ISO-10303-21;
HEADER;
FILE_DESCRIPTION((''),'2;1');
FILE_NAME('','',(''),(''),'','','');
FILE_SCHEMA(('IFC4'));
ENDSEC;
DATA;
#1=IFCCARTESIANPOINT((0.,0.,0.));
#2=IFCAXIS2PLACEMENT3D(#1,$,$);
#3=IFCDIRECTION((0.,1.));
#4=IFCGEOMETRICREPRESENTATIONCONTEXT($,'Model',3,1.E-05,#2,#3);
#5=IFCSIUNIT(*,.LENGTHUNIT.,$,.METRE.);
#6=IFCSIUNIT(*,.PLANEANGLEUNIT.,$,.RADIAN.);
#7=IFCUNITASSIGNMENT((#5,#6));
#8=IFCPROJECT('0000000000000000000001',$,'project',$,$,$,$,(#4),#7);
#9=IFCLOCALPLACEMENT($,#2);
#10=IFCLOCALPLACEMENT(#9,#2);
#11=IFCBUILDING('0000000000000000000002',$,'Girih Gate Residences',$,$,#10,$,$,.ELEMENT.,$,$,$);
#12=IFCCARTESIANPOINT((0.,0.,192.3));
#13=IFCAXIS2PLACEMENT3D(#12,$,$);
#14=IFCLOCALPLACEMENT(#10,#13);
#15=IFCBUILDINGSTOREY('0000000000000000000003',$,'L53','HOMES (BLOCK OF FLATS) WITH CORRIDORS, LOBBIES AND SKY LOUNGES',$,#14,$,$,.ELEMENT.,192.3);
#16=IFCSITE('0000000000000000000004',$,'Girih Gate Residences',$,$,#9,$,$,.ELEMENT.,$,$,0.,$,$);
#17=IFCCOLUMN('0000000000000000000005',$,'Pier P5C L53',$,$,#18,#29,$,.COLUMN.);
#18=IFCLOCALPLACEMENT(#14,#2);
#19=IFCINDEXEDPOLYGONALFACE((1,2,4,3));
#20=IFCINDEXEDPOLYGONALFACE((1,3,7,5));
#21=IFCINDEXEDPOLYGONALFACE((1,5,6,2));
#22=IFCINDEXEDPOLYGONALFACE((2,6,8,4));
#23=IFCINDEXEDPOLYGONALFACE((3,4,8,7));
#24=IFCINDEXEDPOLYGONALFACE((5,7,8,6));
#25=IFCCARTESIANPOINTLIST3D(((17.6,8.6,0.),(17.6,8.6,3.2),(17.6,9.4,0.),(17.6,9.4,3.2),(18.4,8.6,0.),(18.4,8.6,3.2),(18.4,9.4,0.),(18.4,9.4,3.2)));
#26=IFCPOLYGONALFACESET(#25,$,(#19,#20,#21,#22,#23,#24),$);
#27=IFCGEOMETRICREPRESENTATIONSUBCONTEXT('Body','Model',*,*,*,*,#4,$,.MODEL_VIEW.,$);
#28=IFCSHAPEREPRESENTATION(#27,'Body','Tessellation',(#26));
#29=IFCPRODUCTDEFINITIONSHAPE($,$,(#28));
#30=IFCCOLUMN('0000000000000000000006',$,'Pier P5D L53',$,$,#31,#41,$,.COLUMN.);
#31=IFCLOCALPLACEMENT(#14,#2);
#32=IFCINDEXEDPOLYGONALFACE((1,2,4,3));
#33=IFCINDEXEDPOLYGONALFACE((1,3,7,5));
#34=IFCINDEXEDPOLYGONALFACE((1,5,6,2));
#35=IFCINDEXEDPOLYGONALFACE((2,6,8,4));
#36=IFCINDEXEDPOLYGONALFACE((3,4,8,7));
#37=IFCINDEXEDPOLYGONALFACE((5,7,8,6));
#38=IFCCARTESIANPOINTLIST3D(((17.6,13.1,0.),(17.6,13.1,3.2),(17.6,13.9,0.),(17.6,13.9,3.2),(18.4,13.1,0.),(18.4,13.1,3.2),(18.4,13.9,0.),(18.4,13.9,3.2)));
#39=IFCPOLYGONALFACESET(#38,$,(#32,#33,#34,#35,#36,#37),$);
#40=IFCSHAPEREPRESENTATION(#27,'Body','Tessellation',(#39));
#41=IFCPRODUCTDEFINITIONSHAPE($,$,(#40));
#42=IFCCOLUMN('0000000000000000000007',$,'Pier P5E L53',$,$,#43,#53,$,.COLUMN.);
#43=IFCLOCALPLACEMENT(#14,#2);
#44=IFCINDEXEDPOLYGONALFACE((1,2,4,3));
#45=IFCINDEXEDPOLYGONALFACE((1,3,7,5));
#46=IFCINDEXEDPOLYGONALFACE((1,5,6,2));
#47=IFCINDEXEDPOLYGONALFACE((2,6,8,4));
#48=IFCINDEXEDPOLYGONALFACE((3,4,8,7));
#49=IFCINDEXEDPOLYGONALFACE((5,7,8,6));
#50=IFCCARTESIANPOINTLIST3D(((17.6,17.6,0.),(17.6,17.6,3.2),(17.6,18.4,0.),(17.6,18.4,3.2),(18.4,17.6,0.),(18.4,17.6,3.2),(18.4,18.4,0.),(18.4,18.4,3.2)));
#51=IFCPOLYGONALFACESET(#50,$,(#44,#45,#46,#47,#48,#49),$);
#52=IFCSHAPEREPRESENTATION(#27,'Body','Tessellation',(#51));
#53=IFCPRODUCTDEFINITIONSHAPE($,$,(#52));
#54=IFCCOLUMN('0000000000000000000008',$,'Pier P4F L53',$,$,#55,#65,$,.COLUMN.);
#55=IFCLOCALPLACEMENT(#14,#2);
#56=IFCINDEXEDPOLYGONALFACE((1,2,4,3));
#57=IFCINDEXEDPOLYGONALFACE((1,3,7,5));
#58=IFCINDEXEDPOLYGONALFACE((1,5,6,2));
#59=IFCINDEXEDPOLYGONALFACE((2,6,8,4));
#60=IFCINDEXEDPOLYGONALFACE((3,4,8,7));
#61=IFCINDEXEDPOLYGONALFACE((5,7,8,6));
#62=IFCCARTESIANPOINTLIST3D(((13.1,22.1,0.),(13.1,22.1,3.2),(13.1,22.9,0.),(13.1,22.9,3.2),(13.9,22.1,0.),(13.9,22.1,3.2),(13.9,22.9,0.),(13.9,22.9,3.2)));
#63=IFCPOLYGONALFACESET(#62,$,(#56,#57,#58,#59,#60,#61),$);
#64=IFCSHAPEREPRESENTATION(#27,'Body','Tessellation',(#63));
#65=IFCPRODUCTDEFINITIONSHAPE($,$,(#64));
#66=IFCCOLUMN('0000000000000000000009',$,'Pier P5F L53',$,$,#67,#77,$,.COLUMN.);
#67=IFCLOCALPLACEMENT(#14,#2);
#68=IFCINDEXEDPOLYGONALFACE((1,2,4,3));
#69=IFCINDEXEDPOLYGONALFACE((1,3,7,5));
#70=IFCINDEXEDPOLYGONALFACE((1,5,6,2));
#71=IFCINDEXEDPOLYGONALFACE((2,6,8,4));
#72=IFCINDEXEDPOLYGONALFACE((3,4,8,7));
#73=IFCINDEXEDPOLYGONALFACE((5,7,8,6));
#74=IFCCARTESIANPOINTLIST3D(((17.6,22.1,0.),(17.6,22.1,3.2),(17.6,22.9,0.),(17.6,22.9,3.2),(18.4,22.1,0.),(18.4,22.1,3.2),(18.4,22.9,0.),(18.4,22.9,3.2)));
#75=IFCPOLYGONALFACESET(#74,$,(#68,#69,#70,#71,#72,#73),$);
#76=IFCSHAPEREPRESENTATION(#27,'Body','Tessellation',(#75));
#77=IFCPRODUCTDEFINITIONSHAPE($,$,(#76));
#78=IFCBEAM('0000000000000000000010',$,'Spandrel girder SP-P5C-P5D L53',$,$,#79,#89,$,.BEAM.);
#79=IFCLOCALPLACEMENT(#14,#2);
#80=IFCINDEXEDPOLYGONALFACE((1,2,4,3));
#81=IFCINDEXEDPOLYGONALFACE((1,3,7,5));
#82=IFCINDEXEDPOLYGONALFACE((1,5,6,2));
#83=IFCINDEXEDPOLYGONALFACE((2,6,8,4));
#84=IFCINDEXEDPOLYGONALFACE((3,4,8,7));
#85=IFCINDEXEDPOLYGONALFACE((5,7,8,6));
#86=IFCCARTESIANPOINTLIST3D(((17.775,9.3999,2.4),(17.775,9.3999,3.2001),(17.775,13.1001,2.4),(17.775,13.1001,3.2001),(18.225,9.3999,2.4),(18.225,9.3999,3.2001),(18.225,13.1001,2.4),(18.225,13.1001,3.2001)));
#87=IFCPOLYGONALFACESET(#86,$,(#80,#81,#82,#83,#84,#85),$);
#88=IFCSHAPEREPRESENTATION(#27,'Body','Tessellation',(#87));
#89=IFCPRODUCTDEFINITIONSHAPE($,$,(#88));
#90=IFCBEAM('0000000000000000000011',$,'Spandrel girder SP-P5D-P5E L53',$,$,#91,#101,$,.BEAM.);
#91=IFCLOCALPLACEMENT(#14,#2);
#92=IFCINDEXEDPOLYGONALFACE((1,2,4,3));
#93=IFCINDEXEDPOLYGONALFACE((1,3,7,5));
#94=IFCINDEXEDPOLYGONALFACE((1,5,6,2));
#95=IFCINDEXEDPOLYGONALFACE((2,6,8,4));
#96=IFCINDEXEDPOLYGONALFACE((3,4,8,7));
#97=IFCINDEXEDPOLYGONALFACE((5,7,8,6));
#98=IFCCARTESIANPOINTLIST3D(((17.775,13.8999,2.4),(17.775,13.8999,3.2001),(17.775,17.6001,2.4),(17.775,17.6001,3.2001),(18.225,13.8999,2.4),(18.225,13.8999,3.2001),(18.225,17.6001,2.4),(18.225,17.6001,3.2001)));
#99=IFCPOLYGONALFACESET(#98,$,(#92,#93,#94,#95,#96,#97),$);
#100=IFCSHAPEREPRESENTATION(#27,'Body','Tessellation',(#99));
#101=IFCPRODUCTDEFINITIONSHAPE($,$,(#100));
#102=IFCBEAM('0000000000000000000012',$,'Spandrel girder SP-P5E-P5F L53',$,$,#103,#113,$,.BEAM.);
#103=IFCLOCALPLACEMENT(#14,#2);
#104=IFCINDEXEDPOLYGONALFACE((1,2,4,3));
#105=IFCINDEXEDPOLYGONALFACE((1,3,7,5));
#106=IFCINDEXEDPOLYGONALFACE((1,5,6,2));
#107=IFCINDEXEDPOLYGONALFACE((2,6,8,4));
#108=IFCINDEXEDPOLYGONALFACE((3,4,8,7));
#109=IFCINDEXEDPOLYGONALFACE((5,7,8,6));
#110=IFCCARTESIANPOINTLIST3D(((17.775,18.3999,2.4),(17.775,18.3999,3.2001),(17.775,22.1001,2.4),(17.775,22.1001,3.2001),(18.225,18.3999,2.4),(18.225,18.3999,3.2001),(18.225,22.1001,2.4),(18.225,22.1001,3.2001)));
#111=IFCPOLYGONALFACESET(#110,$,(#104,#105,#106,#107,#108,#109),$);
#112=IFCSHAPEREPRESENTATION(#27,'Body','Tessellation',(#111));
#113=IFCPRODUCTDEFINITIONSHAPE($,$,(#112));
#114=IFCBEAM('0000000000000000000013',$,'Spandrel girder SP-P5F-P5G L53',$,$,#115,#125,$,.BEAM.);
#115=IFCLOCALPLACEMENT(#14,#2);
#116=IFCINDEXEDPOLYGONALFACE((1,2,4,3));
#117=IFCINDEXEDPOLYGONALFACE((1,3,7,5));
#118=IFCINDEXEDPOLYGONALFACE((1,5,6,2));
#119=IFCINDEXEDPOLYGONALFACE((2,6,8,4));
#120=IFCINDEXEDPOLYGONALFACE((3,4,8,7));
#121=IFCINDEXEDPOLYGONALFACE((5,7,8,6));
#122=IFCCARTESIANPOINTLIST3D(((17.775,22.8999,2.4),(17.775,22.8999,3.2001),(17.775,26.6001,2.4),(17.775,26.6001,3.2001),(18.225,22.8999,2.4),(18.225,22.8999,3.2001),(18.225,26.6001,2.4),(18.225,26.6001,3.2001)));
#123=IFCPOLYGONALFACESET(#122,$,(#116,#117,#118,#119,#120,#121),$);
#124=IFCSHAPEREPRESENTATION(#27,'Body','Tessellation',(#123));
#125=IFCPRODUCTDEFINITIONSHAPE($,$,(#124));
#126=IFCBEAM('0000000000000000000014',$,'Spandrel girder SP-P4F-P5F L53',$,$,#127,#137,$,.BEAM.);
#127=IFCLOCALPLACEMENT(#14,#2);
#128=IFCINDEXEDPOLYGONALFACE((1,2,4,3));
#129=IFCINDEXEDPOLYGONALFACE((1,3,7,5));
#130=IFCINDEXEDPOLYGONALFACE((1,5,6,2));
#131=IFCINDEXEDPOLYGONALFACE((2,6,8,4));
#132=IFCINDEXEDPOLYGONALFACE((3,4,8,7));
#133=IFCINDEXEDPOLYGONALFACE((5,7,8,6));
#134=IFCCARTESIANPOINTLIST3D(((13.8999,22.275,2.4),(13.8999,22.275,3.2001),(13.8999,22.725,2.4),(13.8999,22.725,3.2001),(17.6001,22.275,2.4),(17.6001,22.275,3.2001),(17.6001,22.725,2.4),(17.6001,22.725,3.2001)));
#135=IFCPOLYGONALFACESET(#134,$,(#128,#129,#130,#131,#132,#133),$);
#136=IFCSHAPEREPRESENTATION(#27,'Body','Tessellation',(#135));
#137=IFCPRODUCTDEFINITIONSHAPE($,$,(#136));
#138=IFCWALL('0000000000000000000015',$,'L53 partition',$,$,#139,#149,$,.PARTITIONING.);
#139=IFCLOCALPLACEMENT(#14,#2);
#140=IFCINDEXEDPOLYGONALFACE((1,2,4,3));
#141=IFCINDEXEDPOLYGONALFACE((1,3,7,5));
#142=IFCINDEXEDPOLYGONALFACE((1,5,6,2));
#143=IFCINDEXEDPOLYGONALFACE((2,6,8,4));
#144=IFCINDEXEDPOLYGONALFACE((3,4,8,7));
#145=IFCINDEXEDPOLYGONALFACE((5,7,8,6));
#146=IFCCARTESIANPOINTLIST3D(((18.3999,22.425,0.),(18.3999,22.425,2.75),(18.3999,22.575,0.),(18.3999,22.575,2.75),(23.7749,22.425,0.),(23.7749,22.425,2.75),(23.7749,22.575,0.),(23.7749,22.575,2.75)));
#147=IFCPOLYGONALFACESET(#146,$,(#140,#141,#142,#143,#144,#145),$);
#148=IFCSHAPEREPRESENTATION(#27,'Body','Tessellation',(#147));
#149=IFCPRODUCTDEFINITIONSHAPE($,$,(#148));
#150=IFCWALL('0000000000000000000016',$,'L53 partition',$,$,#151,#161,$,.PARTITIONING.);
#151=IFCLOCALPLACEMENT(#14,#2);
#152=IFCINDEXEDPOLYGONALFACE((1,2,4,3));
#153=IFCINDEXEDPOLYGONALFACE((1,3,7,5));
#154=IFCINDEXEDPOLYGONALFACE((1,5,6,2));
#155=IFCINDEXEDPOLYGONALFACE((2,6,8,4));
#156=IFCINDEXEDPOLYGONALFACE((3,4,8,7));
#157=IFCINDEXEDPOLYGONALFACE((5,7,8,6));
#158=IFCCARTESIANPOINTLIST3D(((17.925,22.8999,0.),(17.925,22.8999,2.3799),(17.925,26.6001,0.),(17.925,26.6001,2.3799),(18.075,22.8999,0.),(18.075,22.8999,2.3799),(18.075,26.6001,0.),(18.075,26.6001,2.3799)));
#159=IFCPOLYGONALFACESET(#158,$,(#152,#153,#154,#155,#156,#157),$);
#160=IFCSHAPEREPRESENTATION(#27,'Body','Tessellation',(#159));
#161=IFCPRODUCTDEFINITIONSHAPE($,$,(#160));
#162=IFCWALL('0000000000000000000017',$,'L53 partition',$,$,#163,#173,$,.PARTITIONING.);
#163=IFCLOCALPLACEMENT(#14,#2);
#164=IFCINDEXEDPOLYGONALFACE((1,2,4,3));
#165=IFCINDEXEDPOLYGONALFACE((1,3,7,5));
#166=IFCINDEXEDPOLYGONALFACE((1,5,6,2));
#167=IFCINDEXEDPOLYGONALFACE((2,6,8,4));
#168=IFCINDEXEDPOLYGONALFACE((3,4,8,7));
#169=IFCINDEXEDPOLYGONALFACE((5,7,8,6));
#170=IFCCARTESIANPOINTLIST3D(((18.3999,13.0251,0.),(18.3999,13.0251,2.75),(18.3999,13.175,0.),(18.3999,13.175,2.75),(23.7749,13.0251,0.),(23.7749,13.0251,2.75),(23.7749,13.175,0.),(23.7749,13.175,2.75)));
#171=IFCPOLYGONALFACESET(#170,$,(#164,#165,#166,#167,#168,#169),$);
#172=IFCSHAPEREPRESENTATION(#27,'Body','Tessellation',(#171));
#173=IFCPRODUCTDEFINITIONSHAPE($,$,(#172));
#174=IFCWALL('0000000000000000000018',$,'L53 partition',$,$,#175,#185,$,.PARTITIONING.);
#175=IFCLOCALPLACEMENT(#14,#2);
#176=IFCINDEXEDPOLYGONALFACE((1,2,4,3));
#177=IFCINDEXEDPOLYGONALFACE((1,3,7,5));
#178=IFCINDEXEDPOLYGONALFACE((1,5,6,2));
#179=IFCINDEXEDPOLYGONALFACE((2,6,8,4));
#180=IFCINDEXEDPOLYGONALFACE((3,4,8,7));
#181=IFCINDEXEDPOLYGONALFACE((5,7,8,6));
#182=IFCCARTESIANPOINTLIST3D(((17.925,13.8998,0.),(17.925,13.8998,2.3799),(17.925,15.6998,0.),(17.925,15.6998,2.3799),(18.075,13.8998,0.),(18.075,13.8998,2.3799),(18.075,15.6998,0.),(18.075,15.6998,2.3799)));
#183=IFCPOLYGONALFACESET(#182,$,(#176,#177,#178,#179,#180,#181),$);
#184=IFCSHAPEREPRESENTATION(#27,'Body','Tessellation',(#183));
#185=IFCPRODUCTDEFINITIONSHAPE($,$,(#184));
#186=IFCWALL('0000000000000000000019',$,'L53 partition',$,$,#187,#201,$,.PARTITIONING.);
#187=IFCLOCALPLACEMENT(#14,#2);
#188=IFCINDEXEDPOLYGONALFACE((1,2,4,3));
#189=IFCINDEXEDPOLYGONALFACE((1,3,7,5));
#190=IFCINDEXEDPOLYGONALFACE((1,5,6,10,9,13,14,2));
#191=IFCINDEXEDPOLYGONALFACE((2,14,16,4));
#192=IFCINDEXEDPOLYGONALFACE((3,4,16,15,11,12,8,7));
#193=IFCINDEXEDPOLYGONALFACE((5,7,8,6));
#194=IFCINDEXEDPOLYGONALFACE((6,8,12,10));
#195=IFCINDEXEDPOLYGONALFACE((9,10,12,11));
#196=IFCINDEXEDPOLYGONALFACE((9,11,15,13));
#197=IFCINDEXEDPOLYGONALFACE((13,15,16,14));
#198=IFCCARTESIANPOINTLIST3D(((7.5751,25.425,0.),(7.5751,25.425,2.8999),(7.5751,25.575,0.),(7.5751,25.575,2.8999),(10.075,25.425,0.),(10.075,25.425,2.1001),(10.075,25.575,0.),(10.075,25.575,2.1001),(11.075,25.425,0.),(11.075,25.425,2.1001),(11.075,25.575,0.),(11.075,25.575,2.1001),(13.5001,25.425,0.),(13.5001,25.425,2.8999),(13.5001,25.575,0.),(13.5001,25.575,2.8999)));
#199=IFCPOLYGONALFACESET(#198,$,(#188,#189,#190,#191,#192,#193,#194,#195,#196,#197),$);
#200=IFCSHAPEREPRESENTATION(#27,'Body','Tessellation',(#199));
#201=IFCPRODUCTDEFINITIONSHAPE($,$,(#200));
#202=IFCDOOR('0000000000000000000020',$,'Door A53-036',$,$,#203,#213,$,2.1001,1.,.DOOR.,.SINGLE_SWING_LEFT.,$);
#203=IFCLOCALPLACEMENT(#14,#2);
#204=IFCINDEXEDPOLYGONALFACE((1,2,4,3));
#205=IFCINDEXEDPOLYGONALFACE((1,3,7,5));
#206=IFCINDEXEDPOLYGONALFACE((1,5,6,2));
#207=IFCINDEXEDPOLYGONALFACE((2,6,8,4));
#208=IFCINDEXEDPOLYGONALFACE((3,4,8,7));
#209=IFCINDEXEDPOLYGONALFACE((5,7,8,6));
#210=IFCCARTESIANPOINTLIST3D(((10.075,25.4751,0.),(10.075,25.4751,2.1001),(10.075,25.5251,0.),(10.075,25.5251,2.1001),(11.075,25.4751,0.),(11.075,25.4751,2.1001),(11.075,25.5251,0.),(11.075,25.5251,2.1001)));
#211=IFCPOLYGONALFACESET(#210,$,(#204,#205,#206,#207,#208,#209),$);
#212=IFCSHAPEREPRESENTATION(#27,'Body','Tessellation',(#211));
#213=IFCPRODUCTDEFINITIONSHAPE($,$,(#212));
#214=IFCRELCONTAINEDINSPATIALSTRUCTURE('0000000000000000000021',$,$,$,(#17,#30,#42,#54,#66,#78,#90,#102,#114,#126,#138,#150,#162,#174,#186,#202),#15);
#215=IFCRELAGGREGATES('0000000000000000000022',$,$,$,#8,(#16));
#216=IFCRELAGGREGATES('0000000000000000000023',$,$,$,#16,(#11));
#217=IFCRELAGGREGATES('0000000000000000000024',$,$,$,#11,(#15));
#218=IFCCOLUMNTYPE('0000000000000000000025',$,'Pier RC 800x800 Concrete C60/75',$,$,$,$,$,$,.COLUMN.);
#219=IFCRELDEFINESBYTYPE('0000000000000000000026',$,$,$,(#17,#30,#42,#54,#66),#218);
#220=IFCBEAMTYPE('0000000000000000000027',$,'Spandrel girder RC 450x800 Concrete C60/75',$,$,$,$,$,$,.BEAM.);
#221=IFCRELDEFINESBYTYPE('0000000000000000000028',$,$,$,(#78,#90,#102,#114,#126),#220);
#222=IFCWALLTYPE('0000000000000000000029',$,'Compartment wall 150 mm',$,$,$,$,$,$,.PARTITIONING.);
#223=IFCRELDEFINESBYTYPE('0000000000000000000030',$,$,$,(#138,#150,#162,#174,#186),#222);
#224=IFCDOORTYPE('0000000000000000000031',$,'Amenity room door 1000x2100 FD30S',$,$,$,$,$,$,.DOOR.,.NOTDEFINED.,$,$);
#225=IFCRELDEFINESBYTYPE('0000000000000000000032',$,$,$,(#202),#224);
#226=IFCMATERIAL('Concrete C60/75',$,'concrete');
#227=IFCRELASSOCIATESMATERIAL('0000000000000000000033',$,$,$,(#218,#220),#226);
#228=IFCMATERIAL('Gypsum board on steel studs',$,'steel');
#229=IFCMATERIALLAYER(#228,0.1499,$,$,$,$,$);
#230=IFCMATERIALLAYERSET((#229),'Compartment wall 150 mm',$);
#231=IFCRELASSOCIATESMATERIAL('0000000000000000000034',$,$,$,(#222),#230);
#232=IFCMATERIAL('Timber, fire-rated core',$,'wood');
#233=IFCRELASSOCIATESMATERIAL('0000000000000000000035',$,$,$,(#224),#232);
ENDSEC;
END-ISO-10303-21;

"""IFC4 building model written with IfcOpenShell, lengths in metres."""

from ifc_helpers import new_model, si_unit, direction, frame, frame_2d, origin, origin_2d, place, context, subcontext, project, spatial, rectangle, extrude, material, layer, layer_set, material_profile, profile_set, type_object, element, fill, save


model = new_model("IFC4")

# Units and contexts
model_context = context("Model", 3, precision=1e-05, world=origin(), true_north=direction((0.0, 1.0)))
body_context = subcontext(model_context, "Body", "Model", "MODEL_VIEW")
ifc_project = project(units=[si_unit("LENGTHUNIT", "METRE"), si_unit("PLANEANGLEUNIT", "RADIAN")], contexts=[model_context])

# Site, building, storey
site_placement = place(None, origin())
site = spatial("IfcSite", under=ifc_project, at=site_placement, Name="Girih Gate Residences", CompositionType="ELEMENT", RefElevation=0.0)
building_placement = place(site_placement, origin())
building = spatial("IfcBuilding", under=site, at=building_placement, Name="Girih Gate Residences", CompositionType="ELEMENT")
storey_placement = place(building_placement, frame((0.0, 0.0, 192.3)))
storey = spatial("IfcBuildingStorey", under=building, at=storey_placement, Name="L53", Description="HOMES (BLOCK OF FLATS) WITH CORRIDORS, LOBBIES AND SKY LOUNGES", CompositionType="ELEMENT", Elevation=192.3)

# Columns
ifc_material_1 = material(Name="Concrete C60/75", Category="concrete")
ifc_material_profile_1 = material_profile(ifc_material_1, rectangle(XDim=0.8, YDim=0.8, at=origin_2d()))
ifc_profile_set_1 = profile_set([ifc_material_profile_1], Name="Concrete C60/75")
column_type = type_object("IfcColumnType", Name="Pier RC 800x800 Concrete C60/75", PredefinedType="COLUMN", material=ifc_profile_set_1)
for number, where, z_axis, x_axis, name in (
    (1, (18.0, 9.0, 0.0), (0.0, 0.0, 1.0), (1.0, 0.0, 0.0), "Pier P5C L53"),
    (2, (18.0, 13.5, 0.0), (0.0, 0.0, 1.0), (1.0, 0.0, 0.0), "Pier P5D L53"),
    (3, (18.0, 18.0, 0.0), (0.0, 0.0, 1.0), (1.0, 0.0, 0.0), "Pier P5E L53"),
    (4, (13.5, 22.5, 0.0), (0.0, 0.0, 1.0), (1.0, 0.0, 0.0), "Pier P4F L53"),
    (5, (18.0, 22.5, 0.0), (0.0, 0.0, 1.0), (1.0, 0.0, 0.0), "Pier P5F L53"),
):
    element("IfcColumn", number, at=place(storey_placement, frame(where, z_axis=z_axis, x_axis=x_axis)), inside=storey, type_object=column_type, Name=name, PredefinedType="COLUMN", context=body_context, shape_type="SweptSolid", body=[
        extrude(rectangle(XDim=0.8, YDim=0.8, at=origin_2d()), origin(), (0.0, 0.0, 1.0), 3.2),
    ])

# Beams
ifc_material_profile_2 = material_profile(ifc_material_1, rectangle(XDim=0.45, YDim=0.8, at=origin_2d()))
ifc_profile_set_2 = profile_set([ifc_material_profile_2], Name="Concrete C60/75")
beam_type = type_object("IfcBeamType", Name="Spandrel girder RC 450x800 Concrete C60/75", PredefinedType="BEAM", material=ifc_profile_set_2)
for number, where, z_axis, x_axis, name in (
    (6, (18.0, 9.3999, 2.8), (0.0, 1.0, 0.0), (-1.0, 0.0, 0.0), "Spandrel girder SP-P5C-P5D L53"),
    (7, (18.0, 13.8999, 2.8), (0.0, 1.0, 0.0), (-1.0, 0.0, 0.0), "Spandrel girder SP-P5D-P5E L53"),
    (8, (18.0, 18.3999, 2.8), (0.0, 1.0, 0.0), (-1.0, 0.0, 0.0), "Spandrel girder SP-P5E-P5F L53"),
    (9, (18.0, 22.8999, 2.8), (0.0, 1.0, 0.0), (-1.0, 0.0, 0.0), "Spandrel girder SP-P5F-P5G L53"),
    (10, (13.8999, 22.5, 2.8), (1.0, 0.0, 0.0), (0.0, 1.0, 0.0), "Spandrel girder SP-P4F-P5F L53"),
):
    element("IfcBeam", number, at=place(storey_placement, frame(where, z_axis=z_axis, x_axis=x_axis)), inside=storey, type_object=beam_type, Name=name, PredefinedType="BEAM", context=body_context, shape_type="SweptSolid", body=[
        extrude(rectangle(XDim=0.45, YDim=0.8, at=origin_2d()), origin(), (0.0, 0.0, 1.0), 3.7002),
    ])

# Walls
ifc_material_2 = material(Name="Gypsum board on steel studs", Category="steel")
ifc_layer_1 = layer(ifc_material_2, 0.1499)
ifc_layer_set_1 = layer_set([ifc_layer_1], Name="Compartment wall 150 mm")
wall_type_1 = type_object("IfcWallType", Name="Compartment wall 150 mm", PredefinedType="PARTITIONING", material=ifc_layer_set_1)
wall_1_placement = place(storey_placement, frame((18.3999, 22.5, 0.0), z_axis=(0.0, 0.0, 1.0), x_axis=(1.0, 0.0, 0.0)))
element("IfcWall", 11, at=wall_1_placement, inside=storey, type_object=wall_type_1, Name="L53 partition", PredefinedType="PARTITIONING", context=body_context, shape_type="SweptSolid", body=[
    extrude(rectangle(XDim=5.375, YDim=0.1499, at=frame_2d((2.6875, 0.0))), origin(), (0.0, 0.0, 1.0), 2.75),
])
wall_2_placement = place(storey_placement, frame((18.0, 22.8999, 0.0), z_axis=(0.0, 0.0, 1.0), x_axis=(0.0, 1.0, 0.0)))
element("IfcWall", 12, at=wall_2_placement, inside=storey, type_object=wall_type_1, Name="L53 partition", PredefinedType="PARTITIONING", context=body_context, shape_type="SweptSolid", body=[
    extrude(rectangle(XDim=3.7002, YDim=0.1499, at=frame_2d((1.8501, 0.0))), origin(), (0.0, 0.0, 1.0), 2.3799),
])
wall_3_placement = place(storey_placement, frame((18.3999, 13.1001, 0.0), z_axis=(0.0, 0.0, 1.0), x_axis=(1.0, 0.0, 0.0)))
element("IfcWall", 13, at=wall_3_placement, inside=storey, type_object=wall_type_1, Name="L53 partition", PredefinedType="PARTITIONING", context=body_context, shape_type="SweptSolid", body=[
    extrude(rectangle(XDim=5.375, YDim=0.1499, at=frame_2d((2.6875, 0.0))), origin(), (0.0, 0.0, 1.0), 2.75),
])
wall_4_placement = place(storey_placement, frame((18.0, 13.8999, 0.0), z_axis=(0.0, 0.0, 1.0), x_axis=(0.0, 1.0, 0.0)))
element("IfcWall", 14, at=wall_4_placement, inside=storey, type_object=wall_type_1, Name="L53 partition", PredefinedType="PARTITIONING", context=body_context, shape_type="SweptSolid", body=[
    extrude(rectangle(XDim=1.8, YDim=0.1499, at=frame_2d((0.8999, 0.0))), origin(), (0.0, 0.0, 1.0), 2.3799),
])

# Wall, opening, door
wall_5_placement = place(storey_placement, frame((13.5, 25.5, 0.0), z_axis=(0.0, 0.0, 1.0), x_axis=(-1.0, 0.0, 0.0)))
wall_5 = element("IfcWall", 15, at=wall_5_placement, inside=storey, type_object=wall_type_1, Name="L53 partition", PredefinedType="PARTITIONING", context=body_context, shape_type="SweptSolid", body=[
    extrude(rectangle(XDim=5.925, YDim=0.1499, at=frame_2d((2.9624, 0.0))), origin(), (0.0, 0.0, 1.0), 2.8999),
])
opening_placement = place(wall_5_placement, frame((2.425, 0.0, 0.0)))
opening = element("IfcOpeningElement", 16, at=opening_placement, cuts=wall_5, PredefinedType="OPENING", context=body_context, shape_type="SweptSolid", body=[
    extrude(rectangle(XDim=1.0, YDim=2.1001, at=frame_2d((0.5, 1.05))), frame((0.0, 0.085, 0.0), z_axis=(0.0, -1.0, 0.0), x_axis=(1.0, 0.0, 0.0)), (0.0, 0.0, 1.0), 0.1699),
])
ifc_material_3 = material(Name="Timber, fire-rated core", Category="wood")
door_type = type_object("IfcDoorType", Name="Amenity room door 1000x2100 FD30S", OperationType="NOTDEFINED", PredefinedType="DOOR", material=ifc_material_3)
door_placement = place(opening_placement, origin())
door = element("IfcDoor", 17, at=door_placement, inside=storey, type_object=door_type, Name="Door A53-036", OperationType="SINGLE_SWING_LEFT", OverallHeight=2.1001, OverallWidth=1.0, PredefinedType="DOOR", context=body_context, shape_type="SweptSolid", body=[
    extrude(rectangle(XDim=1.0, YDim=2.1001, at=frame_2d((0.5, 1.05))), frame((0.0, 0.0249, 0.0), z_axis=(0.0, -1.0, 0.0), x_axis=(1.0, 0.0, 0.0)), (0.0, 0.0, 1.0), 0.05),
])
fill(opening, door)

save(model, "model.ifc")
